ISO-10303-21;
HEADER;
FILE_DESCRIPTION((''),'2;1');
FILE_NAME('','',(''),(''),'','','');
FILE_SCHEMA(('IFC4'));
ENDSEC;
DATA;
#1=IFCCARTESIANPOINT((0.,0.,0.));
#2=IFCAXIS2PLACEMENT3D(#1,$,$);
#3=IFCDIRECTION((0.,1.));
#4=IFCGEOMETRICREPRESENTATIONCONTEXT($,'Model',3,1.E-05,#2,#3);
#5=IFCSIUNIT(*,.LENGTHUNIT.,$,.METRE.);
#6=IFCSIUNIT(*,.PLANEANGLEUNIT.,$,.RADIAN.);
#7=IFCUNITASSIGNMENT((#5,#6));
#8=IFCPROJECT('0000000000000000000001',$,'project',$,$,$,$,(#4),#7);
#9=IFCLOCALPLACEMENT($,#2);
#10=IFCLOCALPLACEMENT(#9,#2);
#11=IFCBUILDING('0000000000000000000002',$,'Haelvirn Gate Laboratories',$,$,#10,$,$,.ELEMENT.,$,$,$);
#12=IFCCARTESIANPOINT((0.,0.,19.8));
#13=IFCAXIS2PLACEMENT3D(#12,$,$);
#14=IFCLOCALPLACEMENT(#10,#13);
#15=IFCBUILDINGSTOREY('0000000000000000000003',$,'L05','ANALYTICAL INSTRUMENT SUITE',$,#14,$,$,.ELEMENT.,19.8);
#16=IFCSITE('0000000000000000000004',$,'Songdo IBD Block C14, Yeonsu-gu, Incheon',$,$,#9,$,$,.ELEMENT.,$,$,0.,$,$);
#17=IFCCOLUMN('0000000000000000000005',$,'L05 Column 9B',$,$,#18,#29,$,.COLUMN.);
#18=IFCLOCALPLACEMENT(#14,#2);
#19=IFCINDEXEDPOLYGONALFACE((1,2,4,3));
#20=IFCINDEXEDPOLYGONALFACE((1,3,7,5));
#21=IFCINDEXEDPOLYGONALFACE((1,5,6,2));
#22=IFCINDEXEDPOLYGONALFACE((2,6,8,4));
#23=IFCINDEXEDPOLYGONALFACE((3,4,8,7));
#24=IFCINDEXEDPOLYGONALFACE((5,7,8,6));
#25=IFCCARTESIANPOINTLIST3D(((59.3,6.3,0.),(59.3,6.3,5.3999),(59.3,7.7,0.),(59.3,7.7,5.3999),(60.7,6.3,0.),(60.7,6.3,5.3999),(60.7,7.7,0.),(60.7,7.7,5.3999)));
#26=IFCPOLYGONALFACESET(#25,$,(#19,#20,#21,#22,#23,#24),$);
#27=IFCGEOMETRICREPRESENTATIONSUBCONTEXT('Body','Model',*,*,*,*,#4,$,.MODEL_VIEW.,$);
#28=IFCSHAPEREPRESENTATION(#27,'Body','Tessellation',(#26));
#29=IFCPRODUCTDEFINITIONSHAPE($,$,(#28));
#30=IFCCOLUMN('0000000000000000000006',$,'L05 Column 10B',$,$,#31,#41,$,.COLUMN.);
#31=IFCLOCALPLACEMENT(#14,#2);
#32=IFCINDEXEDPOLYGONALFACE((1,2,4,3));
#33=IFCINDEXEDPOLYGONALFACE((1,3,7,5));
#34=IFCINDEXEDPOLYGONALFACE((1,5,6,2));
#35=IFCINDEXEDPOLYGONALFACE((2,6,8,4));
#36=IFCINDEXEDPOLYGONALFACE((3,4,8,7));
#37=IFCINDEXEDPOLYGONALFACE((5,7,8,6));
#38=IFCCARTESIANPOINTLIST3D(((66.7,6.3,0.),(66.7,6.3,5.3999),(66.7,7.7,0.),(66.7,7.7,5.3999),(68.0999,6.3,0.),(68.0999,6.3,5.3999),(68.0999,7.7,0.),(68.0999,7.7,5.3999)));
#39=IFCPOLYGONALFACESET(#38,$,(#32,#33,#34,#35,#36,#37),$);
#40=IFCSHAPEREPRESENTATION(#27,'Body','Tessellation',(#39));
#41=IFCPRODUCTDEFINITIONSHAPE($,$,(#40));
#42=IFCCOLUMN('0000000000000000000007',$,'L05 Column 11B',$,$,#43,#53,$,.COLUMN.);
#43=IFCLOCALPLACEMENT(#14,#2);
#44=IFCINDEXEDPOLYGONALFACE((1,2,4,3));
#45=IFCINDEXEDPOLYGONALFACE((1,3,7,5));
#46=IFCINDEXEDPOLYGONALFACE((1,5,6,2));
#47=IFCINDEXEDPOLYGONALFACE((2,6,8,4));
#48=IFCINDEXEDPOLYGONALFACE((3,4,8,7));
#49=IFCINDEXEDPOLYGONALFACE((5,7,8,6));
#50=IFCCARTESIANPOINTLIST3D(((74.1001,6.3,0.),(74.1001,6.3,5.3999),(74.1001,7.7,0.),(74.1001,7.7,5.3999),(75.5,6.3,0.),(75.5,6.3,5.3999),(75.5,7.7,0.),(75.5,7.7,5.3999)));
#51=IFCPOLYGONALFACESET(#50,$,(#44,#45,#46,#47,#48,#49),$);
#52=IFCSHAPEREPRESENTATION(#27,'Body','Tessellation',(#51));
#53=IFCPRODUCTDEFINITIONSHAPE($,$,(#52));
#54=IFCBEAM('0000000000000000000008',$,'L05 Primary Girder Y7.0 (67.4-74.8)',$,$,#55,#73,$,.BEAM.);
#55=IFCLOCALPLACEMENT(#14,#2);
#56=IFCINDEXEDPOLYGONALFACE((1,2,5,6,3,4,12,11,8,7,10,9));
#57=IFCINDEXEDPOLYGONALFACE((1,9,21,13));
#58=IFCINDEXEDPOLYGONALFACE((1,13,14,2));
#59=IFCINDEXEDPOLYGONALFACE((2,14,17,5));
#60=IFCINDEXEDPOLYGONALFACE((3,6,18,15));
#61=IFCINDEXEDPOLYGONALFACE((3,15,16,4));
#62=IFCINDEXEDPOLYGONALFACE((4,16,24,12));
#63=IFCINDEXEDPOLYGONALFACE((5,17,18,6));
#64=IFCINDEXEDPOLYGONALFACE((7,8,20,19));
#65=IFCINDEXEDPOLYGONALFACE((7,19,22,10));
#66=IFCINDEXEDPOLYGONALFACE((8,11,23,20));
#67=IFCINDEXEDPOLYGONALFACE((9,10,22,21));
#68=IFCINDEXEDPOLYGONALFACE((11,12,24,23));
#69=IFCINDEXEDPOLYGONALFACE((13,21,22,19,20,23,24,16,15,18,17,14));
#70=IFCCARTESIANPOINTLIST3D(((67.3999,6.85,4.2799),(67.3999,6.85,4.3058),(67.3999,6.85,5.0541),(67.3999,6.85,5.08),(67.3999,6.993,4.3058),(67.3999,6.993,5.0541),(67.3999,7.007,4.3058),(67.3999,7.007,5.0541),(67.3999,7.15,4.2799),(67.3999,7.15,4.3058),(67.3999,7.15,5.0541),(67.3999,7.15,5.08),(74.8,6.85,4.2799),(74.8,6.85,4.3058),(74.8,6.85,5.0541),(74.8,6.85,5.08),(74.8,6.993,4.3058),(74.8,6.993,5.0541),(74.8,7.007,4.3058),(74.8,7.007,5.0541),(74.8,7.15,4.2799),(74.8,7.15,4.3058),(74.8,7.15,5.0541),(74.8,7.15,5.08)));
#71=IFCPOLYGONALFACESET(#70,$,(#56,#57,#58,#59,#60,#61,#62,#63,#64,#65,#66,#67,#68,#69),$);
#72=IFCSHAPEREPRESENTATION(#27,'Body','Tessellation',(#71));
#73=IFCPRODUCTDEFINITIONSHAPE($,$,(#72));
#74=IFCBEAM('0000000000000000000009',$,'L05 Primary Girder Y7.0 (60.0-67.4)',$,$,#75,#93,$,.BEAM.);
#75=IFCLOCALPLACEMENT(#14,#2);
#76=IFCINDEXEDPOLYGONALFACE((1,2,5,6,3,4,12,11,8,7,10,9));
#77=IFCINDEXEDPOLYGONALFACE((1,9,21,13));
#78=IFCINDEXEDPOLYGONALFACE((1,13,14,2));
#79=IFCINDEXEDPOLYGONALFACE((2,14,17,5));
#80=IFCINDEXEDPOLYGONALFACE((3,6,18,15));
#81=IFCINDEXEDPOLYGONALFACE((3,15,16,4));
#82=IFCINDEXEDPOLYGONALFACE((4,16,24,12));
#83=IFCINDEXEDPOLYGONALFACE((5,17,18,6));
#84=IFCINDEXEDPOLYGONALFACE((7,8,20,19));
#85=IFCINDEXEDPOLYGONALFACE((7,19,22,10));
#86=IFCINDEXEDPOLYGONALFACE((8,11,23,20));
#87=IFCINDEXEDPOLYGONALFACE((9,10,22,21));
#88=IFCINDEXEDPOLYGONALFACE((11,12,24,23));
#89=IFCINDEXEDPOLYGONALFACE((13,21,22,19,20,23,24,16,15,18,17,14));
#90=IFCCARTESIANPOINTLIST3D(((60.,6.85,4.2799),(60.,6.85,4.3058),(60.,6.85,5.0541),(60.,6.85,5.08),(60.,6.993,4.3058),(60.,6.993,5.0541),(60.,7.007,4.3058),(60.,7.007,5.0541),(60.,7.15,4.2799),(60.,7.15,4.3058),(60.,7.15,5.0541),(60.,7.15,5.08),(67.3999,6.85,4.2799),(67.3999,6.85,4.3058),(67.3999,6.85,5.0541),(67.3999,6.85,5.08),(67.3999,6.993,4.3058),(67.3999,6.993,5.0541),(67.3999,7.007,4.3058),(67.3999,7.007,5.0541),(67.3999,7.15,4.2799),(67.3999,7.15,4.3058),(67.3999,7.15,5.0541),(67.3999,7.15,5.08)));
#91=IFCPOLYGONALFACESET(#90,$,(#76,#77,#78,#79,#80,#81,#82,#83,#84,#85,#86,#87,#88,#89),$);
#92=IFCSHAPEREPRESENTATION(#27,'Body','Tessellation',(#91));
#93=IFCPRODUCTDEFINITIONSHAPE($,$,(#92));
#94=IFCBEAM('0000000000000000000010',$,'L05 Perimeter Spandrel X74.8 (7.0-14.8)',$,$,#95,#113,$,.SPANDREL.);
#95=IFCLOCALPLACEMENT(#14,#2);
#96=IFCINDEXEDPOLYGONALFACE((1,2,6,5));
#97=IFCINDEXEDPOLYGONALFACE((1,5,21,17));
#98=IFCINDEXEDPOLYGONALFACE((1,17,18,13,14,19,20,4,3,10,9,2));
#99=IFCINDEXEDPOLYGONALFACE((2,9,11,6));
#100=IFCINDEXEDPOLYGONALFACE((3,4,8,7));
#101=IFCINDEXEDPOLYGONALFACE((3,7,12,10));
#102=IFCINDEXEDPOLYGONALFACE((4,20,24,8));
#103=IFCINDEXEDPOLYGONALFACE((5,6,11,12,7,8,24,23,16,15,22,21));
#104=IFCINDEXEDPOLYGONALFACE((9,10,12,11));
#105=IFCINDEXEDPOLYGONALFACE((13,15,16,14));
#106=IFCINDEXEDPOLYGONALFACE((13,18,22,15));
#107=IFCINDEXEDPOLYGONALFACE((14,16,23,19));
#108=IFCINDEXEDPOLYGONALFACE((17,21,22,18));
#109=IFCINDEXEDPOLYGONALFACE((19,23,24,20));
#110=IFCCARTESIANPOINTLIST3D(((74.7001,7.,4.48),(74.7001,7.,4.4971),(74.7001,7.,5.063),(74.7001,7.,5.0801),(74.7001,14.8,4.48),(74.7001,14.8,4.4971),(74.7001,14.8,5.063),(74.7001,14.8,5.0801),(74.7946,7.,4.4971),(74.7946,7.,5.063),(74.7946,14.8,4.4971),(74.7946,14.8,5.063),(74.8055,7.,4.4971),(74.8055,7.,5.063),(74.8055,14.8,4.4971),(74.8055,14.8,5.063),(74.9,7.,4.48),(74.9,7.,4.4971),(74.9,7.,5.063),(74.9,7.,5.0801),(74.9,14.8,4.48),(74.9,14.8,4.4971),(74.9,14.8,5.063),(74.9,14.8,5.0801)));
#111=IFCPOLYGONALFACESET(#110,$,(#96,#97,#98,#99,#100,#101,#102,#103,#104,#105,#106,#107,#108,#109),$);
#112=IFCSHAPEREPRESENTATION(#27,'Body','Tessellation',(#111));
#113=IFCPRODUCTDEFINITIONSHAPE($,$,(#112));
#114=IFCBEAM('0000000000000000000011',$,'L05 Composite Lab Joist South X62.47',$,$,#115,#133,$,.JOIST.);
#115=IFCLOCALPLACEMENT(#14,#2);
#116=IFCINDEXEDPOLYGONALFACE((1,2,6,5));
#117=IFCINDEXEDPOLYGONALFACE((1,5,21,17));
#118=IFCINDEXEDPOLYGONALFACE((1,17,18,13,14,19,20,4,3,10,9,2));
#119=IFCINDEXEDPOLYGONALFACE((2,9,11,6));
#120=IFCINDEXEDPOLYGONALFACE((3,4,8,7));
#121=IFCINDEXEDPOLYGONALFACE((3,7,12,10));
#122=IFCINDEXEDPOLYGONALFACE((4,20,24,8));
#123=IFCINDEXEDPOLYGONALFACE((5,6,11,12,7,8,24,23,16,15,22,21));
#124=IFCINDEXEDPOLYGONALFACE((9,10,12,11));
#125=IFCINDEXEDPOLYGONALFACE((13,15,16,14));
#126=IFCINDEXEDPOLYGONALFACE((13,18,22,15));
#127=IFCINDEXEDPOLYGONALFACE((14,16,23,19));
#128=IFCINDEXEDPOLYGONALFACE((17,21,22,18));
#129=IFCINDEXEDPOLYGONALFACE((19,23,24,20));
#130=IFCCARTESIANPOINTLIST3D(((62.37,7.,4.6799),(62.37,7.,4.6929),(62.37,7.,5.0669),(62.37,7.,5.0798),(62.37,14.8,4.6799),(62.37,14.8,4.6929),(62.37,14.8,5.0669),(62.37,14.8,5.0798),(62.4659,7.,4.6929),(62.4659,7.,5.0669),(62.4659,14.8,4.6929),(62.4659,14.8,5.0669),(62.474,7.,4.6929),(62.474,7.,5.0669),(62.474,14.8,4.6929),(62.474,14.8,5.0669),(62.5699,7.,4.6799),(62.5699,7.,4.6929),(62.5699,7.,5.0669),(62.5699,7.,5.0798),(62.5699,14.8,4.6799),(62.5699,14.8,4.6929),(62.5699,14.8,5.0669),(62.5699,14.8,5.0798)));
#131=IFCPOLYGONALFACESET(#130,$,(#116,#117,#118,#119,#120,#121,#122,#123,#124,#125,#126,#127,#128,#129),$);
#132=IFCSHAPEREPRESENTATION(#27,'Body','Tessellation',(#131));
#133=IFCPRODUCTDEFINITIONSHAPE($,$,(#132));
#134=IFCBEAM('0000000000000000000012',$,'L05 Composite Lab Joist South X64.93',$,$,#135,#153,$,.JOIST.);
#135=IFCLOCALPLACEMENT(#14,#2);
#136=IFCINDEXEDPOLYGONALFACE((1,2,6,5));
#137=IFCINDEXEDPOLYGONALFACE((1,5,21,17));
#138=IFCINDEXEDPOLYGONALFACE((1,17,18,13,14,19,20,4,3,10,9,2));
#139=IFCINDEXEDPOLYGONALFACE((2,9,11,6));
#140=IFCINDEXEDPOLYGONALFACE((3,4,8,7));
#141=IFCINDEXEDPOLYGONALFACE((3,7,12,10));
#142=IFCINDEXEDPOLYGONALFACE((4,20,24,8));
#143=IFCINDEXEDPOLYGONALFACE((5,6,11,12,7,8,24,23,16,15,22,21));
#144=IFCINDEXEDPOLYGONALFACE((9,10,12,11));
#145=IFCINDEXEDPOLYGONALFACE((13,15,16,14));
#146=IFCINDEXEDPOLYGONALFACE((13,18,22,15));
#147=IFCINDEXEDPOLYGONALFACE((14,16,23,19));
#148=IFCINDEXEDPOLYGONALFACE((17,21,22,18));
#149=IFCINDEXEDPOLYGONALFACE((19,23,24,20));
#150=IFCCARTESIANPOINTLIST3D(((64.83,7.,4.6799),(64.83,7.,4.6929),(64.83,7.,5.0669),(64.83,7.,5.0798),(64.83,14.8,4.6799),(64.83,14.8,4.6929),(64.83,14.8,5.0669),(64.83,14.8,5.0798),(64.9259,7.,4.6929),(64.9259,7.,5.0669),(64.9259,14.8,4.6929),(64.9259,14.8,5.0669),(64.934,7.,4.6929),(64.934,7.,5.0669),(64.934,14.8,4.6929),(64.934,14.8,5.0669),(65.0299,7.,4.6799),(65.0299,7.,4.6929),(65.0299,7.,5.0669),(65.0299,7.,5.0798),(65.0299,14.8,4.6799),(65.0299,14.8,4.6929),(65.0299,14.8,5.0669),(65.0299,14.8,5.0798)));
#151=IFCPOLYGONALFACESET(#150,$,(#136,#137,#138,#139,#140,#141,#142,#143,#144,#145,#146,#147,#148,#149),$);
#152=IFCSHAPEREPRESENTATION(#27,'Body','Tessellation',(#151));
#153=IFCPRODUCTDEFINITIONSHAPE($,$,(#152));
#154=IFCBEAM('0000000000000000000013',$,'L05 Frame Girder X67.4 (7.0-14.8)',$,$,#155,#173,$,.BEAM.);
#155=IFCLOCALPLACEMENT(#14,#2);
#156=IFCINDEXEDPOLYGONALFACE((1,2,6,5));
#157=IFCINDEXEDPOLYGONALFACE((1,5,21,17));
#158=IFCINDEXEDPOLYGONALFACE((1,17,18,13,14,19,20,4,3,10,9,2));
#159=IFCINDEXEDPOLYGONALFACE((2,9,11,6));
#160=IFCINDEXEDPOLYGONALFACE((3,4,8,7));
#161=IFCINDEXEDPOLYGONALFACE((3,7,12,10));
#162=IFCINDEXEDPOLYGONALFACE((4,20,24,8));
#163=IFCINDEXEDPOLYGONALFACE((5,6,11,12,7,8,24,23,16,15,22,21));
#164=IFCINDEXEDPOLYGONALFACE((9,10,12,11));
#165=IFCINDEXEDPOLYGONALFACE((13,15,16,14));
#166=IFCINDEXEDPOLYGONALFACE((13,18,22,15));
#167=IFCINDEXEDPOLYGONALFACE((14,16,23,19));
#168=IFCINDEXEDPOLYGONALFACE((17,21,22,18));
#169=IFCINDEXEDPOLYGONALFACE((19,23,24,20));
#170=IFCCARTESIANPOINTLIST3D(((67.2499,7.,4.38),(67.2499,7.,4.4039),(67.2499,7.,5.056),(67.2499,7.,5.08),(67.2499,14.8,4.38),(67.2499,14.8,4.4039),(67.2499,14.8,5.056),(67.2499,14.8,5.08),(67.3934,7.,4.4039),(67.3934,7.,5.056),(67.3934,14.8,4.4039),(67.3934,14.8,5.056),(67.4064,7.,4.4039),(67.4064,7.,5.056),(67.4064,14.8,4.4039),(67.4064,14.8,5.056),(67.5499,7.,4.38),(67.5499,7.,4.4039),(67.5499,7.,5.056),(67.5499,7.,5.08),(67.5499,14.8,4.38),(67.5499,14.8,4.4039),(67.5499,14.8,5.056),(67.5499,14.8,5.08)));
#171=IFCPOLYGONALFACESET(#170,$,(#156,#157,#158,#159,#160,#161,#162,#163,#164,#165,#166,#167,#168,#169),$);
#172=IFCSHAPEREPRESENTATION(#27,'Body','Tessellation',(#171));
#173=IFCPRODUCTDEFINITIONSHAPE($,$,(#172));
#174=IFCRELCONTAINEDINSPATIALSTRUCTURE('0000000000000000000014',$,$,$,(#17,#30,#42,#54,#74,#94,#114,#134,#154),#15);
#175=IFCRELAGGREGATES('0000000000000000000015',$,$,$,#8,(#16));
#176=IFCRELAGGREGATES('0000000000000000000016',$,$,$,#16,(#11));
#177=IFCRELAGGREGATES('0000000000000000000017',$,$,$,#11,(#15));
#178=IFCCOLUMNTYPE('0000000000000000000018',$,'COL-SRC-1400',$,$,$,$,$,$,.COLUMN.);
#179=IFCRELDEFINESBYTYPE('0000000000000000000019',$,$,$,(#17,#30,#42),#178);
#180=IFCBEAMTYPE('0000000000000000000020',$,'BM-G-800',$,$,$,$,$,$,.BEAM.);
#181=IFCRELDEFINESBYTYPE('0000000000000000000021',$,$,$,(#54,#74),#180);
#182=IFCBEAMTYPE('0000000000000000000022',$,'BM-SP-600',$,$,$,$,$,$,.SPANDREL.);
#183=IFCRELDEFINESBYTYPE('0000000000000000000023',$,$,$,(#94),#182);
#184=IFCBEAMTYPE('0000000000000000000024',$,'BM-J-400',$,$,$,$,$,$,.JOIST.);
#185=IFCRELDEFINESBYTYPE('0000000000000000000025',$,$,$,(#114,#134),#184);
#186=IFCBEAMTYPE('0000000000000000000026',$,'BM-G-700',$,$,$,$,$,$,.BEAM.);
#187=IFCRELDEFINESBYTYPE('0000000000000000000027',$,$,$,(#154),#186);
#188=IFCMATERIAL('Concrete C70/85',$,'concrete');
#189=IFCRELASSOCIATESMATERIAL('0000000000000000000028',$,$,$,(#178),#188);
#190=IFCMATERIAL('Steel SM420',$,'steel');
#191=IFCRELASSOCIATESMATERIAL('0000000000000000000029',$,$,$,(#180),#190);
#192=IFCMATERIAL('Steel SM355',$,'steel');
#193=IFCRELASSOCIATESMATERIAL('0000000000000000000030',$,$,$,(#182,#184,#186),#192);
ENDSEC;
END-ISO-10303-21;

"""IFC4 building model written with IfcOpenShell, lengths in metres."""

from ifc_helpers import new_model, si_unit, direction, frame, origin, origin_2d, place, context, subcontext, project, spatial, rectangle, i_section, extrude, source, transform, mapped, material, material_profile, profile_set, type_object, type_shapes, element, save


model = new_model("IFC4")

# Units and contexts
model_context = context("Model", 3, precision=1e-05, world=origin(), true_north=direction((0.0, 1.0)))
body_context = subcontext(model_context, "Body", "Model", "MODEL_VIEW")
ifc_project = project(units=[si_unit("LENGTHUNIT", "METRE"), si_unit("PLANEANGLEUNIT", "RADIAN")], contexts=[model_context])

# Site, building, storey
site_placement = place(None, origin())
site = spatial("IfcSite", under=ifc_project, at=site_placement, Name="Songdo IBD Block C14, Yeonsu-gu, Incheon", CompositionType="ELEMENT", RefElevation=0.0)
building_placement = place(site_placement, origin())
building = spatial("IfcBuilding", under=site, at=building_placement, Name="Haelvirn Gate Laboratories", CompositionType="ELEMENT")
storey_placement = place(building_placement, frame((0.0, 0.0, 19.8)))
storey = spatial("IfcBuildingStorey", under=building, at=storey_placement, Name="L05", Description="ANALYTICAL INSTRUMENT SUITE", CompositionType="ELEMENT", Elevation=19.8)

# Columns
ifc_material_1 = material(Name="Concrete C70/85", Category="concrete")
ifc_material_profile_1 = material_profile(ifc_material_1, rectangle(XDim=1.3999, YDim=1.3999, at=origin_2d()), Name="SRC-1400x1400")
ifc_profile_set_1 = profile_set([ifc_material_profile_1], Name="Concrete C70/85")
column_type = type_object("IfcColumnType", Name="COL-SRC-1400", PredefinedType="COLUMN", material=ifc_profile_set_1)
shared_shape_1 = source(origin(), body_context, "Body", "SweptSolid", [
    extrude(rectangle(XDim=1.3999, YDim=1.3999, at=origin_2d()), origin(), (0.0, 0.0, 1.0), 5.3999),
])
type_shapes(column_type, [shared_shape_1])
for number, where, z_axis, x_axis, name in (
    (1, (60.0, 7.0, 0.0), (0.0, 0.0, 1.0), (1.0, 0.0, 0.0), "L05 Column 9B"),
    (2, (67.3999, 7.0, 0.0), (0.0, 0.0, 1.0), (1.0, 0.0, 0.0), "L05 Column 10B"),
    (3, (74.8, 7.0, 0.0), (0.0, 0.0, 1.0), (1.0, 0.0, 0.0), "L05 Column 11B"),
):
    element("IfcColumn", number, at=place(storey_placement, frame(where, z_axis=z_axis, x_axis=x_axis)), inside=storey, type_object=column_type, Name=name, PredefinedType="COLUMN", context=body_context, shape_type="MappedRepresentation", body=[
        mapped(shared_shape_1, transform((0.0, 0.0, 0.0), scale=1.0)),
    ])

# Beams
ifc_material_2 = material(Name="Steel SM420", Category="steel")
ifc_material_profile_2 = material_profile(ifc_material_2, i_section(OverallWidth=0.3, OverallDepth=0.8, WebThickness=0.0139, FlangeThickness=0.0259, at=origin_2d()), Name="H-800x300x14x26")
ifc_profile_set_2 = profile_set([ifc_material_profile_2], Name="Steel SM420")
beam_type_1 = type_object("IfcBeamType", Name="BM-G-800", PredefinedType="BEAM", material=ifc_profile_set_2)
shared_shape_2 = source(origin(), body_context, "Body", "SweptSolid", [
    extrude(i_section(OverallWidth=0.3, OverallDepth=0.8, WebThickness=0.0139, FlangeThickness=0.0259, at=origin_2d()), origin(), (0.0, 0.0, 1.0), 7.4001),
])
beam_1_placement = place(storey_placement, frame((67.3999, 7.0, 4.6799), z_axis=(1.0, 0.0, 0.0), x_axis=(0.0, 1.0, 0.0)))
element("IfcBeam", 4, at=beam_1_placement, inside=storey, type_object=beam_type_1, Name="L05 Primary Girder Y7.0 (67.4-74.8)", PredefinedType="BEAM", context=body_context, shape_type="MappedRepresentation", body=[
    mapped(shared_shape_2, transform((0.0, 0.0, 0.0), scale=1.0)),
])
shared_shape_3 = source(origin(), body_context, "Body", "SweptSolid", [
    extrude(i_section(OverallWidth=0.3, OverallDepth=0.8, WebThickness=0.0139, FlangeThickness=0.0259, at=origin_2d()), origin(), (0.0, 0.0, 1.0), 7.3999),
])
type_shapes(beam_type_1, [shared_shape_2, shared_shape_3])
beam_2_placement = place(storey_placement, frame((60.0, 7.0, 4.6799), z_axis=(1.0, 0.0, 0.0), x_axis=(0.0, 1.0, 0.0)))
element("IfcBeam", 5, at=beam_2_placement, inside=storey, type_object=beam_type_1, Name="L05 Primary Girder Y7.0 (60.0-67.4)", PredefinedType="BEAM", context=body_context, shape_type="MappedRepresentation", body=[
    mapped(shared_shape_3, transform((0.0, 0.0, 0.0), scale=1.0)),
])
ifc_material_3 = material(Name="Steel SM355", Category="steel")
ifc_material_profile_3 = material_profile(ifc_material_3, i_section(OverallWidth=0.2, OverallDepth=0.6001, WebThickness=0.011, FlangeThickness=0.0171, at=origin_2d()), Name="H-600x200x11x17")
ifc_profile_set_3 = profile_set([ifc_material_profile_3], Name="Steel SM355")
beam_type_2 = type_object("IfcBeamType", Name="BM-SP-600", PredefinedType="SPANDREL", material=ifc_profile_set_3)
shared_shape_4 = source(origin(), body_context, "Body", "SweptSolid", [
    extrude(i_section(OverallWidth=0.2, OverallDepth=0.6001, WebThickness=0.011, FlangeThickness=0.0171, at=origin_2d()), origin(), (0.0, 0.0, 1.0), 7.8),
])
type_shapes(beam_type_2, [shared_shape_4])
beam_3_placement = place(storey_placement, frame((74.8, 7.0, 4.78), z_axis=(0.0, 1.0, 0.0), x_axis=(-1.0, 0.0, 0.0)))
element("IfcBeam", 6, at=beam_3_placement, inside=storey, type_object=beam_type_2, Name="L05 Perimeter Spandrel X74.8 (7.0-14.8)", PredefinedType="SPANDREL", context=body_context, shape_type="MappedRepresentation", body=[
    mapped(shared_shape_4, transform((0.0, 0.0, 0.0), scale=1.0)),
])
ifc_material_profile_4 = material_profile(ifc_material_3, i_section(OverallWidth=0.2, OverallDepth=0.3999, WebThickness=0.0081, FlangeThickness=0.0129, at=origin_2d()), Name="H-400x200x8x13")
ifc_profile_set_4 = profile_set([ifc_material_profile_4], Name="Steel SM355")
beam_type_3 = type_object("IfcBeamType", Name="BM-J-400", PredefinedType="JOIST", material=ifc_profile_set_4)
shared_shape_5 = source(origin(), body_context, "Body", "SweptSolid", [
    extrude(i_section(OverallWidth=0.2, OverallDepth=0.3999, WebThickness=0.0081, FlangeThickness=0.0129, at=origin_2d()), origin(), (0.0, 0.0, 1.0), 7.8),
])
type_shapes(beam_type_3, [shared_shape_5])
for number, where, z_axis, x_axis, name in (
    (7, (62.47, 7.0, 4.8799), (0.0, 1.0, 0.0), (-1.0, 0.0, 0.0), "L05 Composite Lab Joist South X62.47"),
    (8, (64.9299, 7.0, 4.8799), (0.0, 1.0, 0.0), (-1.0, 0.0, 0.0), "L05 Composite Lab Joist South X64.93"),
):
    element("IfcBeam", number, at=place(storey_placement, frame(where, z_axis=z_axis, x_axis=x_axis)), inside=storey, type_object=beam_type_3, Name=name, PredefinedType="JOIST", context=body_context, shape_type="MappedRepresentation", body=[
        mapped(shared_shape_5, transform((0.0, 0.0, 0.0), scale=1.0)),
    ])
ifc_material_profile_5 = material_profile(ifc_material_3, i_section(OverallWidth=0.3, OverallDepth=0.7, WebThickness=0.0129, FlangeThickness=0.0239, at=origin_2d()), Name="H-700x300x13x24")
ifc_profile_set_5 = profile_set([ifc_material_profile_5], Name="Steel SM355")
beam_type_4 = type_object("IfcBeamType", Name="BM-G-700", PredefinedType="BEAM", material=ifc_profile_set_5)
shared_shape_6 = source(origin(), body_context, "Body", "SweptSolid", [
    extrude(i_section(OverallWidth=0.3, OverallDepth=0.7, WebThickness=0.0129, FlangeThickness=0.0239, at=origin_2d()), origin(), (0.0, 0.0, 1.0), 7.8),
])
beam_4_placement = place(storey_placement, frame((67.3999, 7.0, 4.73), z_axis=(0.0, 1.0, 0.0), x_axis=(-1.0, 0.0, 0.0)))
element("IfcBeam", 9, at=beam_4_placement, inside=storey, type_object=beam_type_4, Name="L05 Frame Girder X67.4 (7.0-14.8)", PredefinedType="BEAM", context=body_context, shape_type="MappedRepresentation", body=[
    mapped(shared_shape_6, transform((0.0, 0.0, 0.0), scale=1.0)),
])

save(model, "model.ifc")
